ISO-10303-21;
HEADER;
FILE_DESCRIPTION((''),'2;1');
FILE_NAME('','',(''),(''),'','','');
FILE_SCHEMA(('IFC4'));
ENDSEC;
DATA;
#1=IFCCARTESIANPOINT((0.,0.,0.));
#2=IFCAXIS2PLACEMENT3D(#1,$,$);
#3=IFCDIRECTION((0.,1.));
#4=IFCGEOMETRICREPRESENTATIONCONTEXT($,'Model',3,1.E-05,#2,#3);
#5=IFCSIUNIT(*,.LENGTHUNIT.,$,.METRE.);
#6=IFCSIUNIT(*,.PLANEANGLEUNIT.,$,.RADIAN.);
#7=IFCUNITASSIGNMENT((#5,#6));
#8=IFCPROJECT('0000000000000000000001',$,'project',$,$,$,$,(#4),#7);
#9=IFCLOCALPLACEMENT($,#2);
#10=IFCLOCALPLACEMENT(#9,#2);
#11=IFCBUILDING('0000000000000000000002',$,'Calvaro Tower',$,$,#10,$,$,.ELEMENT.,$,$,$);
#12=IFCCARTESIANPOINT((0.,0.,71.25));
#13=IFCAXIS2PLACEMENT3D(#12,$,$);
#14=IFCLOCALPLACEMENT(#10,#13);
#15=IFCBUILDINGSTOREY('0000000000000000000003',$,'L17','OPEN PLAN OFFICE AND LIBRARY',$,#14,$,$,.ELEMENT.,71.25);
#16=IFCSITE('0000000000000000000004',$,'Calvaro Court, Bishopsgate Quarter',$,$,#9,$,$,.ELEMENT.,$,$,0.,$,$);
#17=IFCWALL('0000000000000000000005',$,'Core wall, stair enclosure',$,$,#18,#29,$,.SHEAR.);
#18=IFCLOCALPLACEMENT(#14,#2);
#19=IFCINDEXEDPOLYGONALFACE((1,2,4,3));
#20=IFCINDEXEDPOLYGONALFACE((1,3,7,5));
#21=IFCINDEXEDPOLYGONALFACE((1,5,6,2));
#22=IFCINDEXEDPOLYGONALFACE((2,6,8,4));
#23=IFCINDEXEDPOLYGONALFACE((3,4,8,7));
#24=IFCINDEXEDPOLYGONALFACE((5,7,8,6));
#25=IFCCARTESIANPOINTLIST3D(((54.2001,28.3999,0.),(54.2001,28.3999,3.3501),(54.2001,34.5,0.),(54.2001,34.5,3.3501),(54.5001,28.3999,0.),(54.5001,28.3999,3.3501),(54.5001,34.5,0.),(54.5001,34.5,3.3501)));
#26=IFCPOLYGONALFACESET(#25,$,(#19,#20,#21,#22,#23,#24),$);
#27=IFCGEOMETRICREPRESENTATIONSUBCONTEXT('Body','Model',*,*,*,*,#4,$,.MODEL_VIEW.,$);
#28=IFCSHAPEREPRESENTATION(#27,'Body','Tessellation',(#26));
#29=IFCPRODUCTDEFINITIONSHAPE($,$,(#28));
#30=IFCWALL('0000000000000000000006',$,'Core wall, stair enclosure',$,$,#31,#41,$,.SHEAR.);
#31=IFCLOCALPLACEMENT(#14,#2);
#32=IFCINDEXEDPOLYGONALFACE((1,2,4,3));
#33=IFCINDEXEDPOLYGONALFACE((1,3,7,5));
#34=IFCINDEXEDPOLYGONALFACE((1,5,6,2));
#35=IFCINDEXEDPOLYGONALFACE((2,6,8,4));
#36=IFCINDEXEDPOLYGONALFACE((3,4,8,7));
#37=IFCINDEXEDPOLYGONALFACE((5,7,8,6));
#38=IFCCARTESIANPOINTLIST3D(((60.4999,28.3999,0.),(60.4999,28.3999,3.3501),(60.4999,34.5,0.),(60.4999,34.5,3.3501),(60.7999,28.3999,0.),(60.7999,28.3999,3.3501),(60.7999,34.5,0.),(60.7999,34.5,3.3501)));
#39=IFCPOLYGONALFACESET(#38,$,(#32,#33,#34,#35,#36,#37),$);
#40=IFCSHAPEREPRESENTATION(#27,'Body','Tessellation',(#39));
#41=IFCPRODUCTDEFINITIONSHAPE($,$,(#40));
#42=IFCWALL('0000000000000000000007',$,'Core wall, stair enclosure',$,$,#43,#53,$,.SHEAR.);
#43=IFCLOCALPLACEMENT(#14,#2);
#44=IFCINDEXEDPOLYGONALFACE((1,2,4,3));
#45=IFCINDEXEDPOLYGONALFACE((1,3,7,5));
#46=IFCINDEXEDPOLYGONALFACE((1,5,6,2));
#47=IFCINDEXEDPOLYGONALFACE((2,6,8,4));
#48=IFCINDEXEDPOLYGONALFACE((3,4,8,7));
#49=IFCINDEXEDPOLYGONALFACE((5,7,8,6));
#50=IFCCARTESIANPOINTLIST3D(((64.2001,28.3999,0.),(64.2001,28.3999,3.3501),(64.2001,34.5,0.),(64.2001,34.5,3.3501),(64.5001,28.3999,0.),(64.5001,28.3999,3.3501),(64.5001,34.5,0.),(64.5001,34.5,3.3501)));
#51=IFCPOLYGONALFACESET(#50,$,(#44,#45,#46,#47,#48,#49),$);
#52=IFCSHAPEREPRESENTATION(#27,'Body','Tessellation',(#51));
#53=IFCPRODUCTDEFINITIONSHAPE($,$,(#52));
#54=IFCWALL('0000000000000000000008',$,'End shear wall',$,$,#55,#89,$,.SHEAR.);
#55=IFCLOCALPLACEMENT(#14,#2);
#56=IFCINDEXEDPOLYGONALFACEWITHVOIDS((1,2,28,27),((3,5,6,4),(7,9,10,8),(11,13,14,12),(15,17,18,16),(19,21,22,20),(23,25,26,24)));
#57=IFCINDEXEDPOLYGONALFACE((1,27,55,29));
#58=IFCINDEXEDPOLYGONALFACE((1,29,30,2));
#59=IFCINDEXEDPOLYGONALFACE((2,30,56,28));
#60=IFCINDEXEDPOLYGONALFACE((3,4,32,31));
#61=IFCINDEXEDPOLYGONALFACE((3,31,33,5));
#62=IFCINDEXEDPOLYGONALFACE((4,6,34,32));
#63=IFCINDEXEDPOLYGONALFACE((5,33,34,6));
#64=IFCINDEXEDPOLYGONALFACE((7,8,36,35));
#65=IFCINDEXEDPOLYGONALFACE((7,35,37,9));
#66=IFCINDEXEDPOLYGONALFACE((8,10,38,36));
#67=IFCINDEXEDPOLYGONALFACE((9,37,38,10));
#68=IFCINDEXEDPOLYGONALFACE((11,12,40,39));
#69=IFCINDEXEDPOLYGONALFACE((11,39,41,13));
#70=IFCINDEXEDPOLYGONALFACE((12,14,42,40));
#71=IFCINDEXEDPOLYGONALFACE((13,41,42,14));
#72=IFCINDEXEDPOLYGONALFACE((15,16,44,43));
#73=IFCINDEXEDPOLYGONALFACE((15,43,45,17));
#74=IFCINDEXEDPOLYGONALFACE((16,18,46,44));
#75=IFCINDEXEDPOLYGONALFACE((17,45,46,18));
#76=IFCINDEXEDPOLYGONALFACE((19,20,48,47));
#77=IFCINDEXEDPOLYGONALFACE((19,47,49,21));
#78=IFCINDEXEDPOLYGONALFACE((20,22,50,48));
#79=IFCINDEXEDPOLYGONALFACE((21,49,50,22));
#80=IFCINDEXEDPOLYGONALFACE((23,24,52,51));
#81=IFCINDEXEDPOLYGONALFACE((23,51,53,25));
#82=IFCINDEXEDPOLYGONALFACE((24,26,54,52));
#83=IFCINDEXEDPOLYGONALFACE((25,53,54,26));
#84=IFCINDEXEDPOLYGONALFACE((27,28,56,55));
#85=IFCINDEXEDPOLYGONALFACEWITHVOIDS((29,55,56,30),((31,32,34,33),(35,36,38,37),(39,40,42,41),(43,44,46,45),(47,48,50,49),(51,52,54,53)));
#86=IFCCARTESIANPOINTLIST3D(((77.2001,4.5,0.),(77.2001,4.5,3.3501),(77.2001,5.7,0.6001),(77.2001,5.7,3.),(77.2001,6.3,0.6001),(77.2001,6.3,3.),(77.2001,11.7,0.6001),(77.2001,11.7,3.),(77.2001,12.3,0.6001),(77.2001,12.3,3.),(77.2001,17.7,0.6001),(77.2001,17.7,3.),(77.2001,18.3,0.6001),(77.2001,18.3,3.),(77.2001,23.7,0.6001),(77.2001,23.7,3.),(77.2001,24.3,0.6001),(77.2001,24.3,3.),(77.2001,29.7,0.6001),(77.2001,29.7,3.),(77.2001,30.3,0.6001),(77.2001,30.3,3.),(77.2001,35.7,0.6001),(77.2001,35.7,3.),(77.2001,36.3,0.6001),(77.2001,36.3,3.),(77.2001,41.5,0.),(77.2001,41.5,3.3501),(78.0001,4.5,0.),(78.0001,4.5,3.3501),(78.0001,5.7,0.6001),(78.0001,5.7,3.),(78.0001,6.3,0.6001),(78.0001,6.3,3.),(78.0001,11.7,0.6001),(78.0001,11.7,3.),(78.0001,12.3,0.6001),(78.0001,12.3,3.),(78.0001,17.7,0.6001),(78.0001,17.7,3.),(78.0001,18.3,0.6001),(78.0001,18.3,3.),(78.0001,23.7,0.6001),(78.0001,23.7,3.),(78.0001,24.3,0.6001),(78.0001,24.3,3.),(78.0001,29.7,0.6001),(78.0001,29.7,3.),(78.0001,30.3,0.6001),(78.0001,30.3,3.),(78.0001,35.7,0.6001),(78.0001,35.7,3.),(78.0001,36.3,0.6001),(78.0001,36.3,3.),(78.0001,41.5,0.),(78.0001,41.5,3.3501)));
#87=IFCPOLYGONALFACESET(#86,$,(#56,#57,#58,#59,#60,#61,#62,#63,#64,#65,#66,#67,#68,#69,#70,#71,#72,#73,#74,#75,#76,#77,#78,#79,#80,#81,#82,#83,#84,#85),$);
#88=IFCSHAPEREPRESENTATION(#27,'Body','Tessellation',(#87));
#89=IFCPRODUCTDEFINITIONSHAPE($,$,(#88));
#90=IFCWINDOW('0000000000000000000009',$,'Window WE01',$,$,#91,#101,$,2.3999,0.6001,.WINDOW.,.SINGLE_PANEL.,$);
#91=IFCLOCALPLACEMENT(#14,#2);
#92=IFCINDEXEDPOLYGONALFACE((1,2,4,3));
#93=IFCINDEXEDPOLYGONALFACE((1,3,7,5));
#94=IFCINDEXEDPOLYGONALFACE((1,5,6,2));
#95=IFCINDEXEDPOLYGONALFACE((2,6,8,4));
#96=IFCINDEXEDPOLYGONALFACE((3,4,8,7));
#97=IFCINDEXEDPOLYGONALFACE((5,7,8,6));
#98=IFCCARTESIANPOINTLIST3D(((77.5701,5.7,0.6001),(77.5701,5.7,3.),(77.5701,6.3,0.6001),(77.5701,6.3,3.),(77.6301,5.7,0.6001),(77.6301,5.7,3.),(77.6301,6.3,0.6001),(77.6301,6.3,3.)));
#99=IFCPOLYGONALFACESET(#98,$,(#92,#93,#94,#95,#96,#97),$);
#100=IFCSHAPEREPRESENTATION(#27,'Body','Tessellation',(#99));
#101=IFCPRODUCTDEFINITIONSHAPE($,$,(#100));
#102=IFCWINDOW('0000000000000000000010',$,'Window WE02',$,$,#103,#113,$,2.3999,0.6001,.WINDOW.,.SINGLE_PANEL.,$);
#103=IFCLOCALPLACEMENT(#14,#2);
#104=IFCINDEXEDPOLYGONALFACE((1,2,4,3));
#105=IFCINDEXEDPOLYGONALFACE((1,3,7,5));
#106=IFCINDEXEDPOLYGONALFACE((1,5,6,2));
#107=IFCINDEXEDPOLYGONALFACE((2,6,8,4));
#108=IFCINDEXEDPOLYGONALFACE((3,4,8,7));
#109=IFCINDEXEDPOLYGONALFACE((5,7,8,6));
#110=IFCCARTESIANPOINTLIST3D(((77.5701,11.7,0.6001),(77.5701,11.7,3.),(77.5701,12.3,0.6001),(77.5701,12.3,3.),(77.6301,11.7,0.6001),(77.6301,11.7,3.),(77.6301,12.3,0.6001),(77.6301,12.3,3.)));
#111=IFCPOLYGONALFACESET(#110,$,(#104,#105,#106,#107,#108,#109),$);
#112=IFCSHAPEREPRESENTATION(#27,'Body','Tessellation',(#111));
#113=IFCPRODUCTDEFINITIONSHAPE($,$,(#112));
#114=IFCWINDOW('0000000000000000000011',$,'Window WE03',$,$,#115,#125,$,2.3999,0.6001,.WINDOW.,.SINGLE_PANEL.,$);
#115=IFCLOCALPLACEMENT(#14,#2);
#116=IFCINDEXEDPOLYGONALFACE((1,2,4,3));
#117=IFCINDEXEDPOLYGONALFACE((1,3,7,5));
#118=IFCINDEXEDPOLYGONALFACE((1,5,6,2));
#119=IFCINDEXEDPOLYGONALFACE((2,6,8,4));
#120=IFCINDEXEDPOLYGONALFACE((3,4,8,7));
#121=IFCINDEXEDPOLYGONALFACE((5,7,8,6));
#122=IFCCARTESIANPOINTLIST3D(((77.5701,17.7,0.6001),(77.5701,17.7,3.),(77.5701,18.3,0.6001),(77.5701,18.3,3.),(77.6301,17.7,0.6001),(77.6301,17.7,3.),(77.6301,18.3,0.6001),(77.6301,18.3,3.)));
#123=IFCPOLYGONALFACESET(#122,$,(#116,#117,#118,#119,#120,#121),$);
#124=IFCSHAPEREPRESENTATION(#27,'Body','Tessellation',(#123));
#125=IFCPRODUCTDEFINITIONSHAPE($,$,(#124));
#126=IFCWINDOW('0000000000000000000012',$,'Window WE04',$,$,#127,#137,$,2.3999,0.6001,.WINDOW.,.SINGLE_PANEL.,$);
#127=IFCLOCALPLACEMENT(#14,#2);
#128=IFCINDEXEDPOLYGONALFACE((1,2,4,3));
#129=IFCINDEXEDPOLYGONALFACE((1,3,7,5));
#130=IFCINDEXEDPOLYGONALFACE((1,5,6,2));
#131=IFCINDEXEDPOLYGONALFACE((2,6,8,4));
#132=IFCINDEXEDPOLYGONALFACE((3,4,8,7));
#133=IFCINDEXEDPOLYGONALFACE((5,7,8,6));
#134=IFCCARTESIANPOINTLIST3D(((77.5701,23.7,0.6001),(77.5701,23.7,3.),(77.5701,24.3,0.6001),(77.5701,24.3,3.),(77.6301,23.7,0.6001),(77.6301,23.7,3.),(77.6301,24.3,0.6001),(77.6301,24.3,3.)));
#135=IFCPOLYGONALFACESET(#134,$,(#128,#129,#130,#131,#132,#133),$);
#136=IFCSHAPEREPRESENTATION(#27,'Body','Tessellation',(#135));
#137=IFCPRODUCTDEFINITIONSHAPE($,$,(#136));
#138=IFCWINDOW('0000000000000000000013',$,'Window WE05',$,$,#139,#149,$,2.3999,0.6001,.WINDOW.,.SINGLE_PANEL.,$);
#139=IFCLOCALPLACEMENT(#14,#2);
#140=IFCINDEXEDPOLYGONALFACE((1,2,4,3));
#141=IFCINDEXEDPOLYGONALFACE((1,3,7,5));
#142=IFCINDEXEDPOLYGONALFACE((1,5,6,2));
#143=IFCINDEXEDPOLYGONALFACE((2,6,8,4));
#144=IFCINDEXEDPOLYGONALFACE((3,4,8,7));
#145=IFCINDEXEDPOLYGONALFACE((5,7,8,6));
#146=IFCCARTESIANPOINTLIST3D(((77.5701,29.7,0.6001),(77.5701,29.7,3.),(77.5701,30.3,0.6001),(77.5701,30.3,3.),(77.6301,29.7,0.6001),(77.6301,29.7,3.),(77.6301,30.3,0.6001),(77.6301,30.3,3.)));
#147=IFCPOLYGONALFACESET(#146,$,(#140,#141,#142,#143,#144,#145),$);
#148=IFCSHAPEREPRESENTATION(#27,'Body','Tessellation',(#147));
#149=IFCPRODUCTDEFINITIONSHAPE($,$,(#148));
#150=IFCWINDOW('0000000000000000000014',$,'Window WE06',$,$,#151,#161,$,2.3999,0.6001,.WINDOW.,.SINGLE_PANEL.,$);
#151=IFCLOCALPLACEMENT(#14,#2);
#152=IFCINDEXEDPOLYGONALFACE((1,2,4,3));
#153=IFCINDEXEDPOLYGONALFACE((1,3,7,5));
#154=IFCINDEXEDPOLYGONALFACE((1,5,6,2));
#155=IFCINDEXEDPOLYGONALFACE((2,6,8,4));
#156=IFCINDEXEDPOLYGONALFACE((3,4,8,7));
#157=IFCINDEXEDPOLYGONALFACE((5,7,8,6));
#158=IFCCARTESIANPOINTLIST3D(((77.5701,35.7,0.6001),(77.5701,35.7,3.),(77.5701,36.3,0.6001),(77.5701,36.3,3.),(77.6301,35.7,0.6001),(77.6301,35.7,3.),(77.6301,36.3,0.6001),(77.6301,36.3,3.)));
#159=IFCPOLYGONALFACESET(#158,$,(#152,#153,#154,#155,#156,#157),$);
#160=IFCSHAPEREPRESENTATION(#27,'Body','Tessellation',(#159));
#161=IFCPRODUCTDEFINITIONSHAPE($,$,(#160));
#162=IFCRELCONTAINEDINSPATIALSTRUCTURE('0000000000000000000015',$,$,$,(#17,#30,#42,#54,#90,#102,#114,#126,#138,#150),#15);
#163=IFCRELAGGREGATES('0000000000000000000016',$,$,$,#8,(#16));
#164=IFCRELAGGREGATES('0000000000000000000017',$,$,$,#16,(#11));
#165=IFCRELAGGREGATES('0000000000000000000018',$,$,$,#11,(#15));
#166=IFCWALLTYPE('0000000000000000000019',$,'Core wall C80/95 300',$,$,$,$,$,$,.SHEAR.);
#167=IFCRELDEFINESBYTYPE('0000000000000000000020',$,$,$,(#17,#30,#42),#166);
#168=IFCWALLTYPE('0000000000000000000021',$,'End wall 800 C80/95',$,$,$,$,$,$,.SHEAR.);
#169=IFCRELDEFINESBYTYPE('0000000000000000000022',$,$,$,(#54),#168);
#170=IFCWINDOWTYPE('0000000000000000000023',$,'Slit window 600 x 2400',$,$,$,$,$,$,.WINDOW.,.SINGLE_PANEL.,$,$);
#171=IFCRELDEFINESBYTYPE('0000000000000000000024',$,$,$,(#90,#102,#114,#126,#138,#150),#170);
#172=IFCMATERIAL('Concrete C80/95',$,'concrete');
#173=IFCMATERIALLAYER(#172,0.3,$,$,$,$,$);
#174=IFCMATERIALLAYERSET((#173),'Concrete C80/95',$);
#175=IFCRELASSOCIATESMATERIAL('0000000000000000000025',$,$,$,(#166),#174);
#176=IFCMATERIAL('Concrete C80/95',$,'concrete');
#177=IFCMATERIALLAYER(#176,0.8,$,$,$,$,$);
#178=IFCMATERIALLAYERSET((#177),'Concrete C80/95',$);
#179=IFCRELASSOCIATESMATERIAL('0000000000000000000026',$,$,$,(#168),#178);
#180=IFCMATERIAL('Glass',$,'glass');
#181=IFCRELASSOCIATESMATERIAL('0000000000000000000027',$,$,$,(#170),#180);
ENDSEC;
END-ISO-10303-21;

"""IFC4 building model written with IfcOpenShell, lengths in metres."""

from ifc_helpers import new_model, si_unit, direction, frame, frame_2d, origin, place, context, subcontext, project, spatial, rectangle, extrude, material, layer, layer_set, type_object, element, fill, save


model = new_model("IFC4")

# Units and contexts
model_context = context("Model", 3, precision=1e-05, world=origin(), true_north=direction((0.0, 1.0)))
body_context = subcontext(model_context, "Body", "Model", "MODEL_VIEW")
ifc_project = project(units=[si_unit("LENGTHUNIT", "METRE"), si_unit("PLANEANGLEUNIT", "RADIAN")], contexts=[model_context])

# Site, building, storey
site_placement = place(None, origin())
site = spatial("IfcSite", under=ifc_project, at=site_placement, Name="Calvaro Court, Bishopsgate Quarter", CompositionType="ELEMENT", RefElevation=0.0)
building_placement = place(site_placement, origin())
building = spatial("IfcBuilding", under=site, at=building_placement, Name="Calvaro Tower", CompositionType="ELEMENT")
storey_placement = place(building_placement, frame((0.0, 0.0, 71.25)))
storey = spatial("IfcBuildingStorey", under=building, at=storey_placement, Name="L17", Description="OPEN PLAN OFFICE AND LIBRARY", CompositionType="ELEMENT", Elevation=71.25)

# Walls
ifc_material_1 = material(Name="Concrete C80/95", Category="concrete")
ifc_layer_1 = layer(ifc_material_1, 0.3)
ifc_layer_set_1 = layer_set([ifc_layer_1], Name="Concrete C80/95")
wall_type_1 = type_object("IfcWallType", Name="Core wall C80/95 300", PredefinedType="SHEAR", material=ifc_layer_set_1)
for number, where, z_axis, x_axis, name in (
    (1, (54.3501, 28.3999, 0.0), (0.0, 0.0, 1.0), (0.0, 1.0, 0.0), "Core wall, stair enclosure"),
    (2, (60.6499, 28.3999, 0.0), (0.0, 0.0, 1.0), (0.0, 1.0, 0.0), "Core wall, stair enclosure"),
    (3, (64.3501, 28.3999, 0.0), (0.0, 0.0, 1.0), (0.0, 1.0, 0.0), "Core wall, stair enclosure"),
):
    element("IfcWall", number, at=place(storey_placement, frame(where, z_axis=z_axis, x_axis=x_axis)), inside=storey, type_object=wall_type_1, Name=name, PredefinedType="SHEAR", context=body_context, shape_type="SweptSolid", body=[
        extrude(rectangle(XDim=6.1001, YDim=0.3, at=frame_2d((3.05, 0.0))), origin(), (0.0, 0.0, 1.0), 3.3501),
    ])

# Wall, openings, windows
ifc_material_2 = material(Name="Concrete C80/95", Category="concrete")
ifc_layer_2 = layer(ifc_material_2, 0.8)
ifc_layer_set_2 = layer_set([ifc_layer_2], Name="Concrete C80/95")
wall_type_2 = type_object("IfcWallType", Name="End wall 800 C80/95", PredefinedType="SHEAR", material=ifc_layer_set_2)
wall_1_placement = place(storey_placement, frame((77.6001, 4.5, 0.0), z_axis=(0.0, 0.0, 1.0), x_axis=(0.0, 1.0, 0.0)))
wall_1 = element("IfcWall", 4, at=wall_1_placement, inside=storey, type_object=wall_type_2, Name="End shear wall", PredefinedType="SHEAR", context=body_context, shape_type="SweptSolid", body=[
    extrude(rectangle(XDim=37.0, YDim=0.8, at=frame_2d((18.5, 0.0))), origin(), (0.0, 0.0, 1.0), 3.3501),
])
opening_1_placement = place(wall_1_placement, frame((1.2, 0.0, 0.6001)))
opening_1 = element("IfcOpeningElement", 5, at=opening_1_placement, cuts=wall_1, PredefinedType="OPENING", context=body_context, shape_type="SweptSolid", body=[
    extrude(rectangle(XDim=0.6001, YDim=2.3999, at=frame_2d((0.3, 1.2))), frame((0.0, 0.4099, 0.0), z_axis=(0.0, -1.0, 0.0), x_axis=(1.0, 0.0, 0.0)), (0.0, 0.0, 1.0), 0.8201),
])
opening_2_placement = place(wall_1_placement, frame((7.2, 0.0, 0.6001)))
opening_2 = element("IfcOpeningElement", 6, at=opening_2_placement, cuts=wall_1, PredefinedType="OPENING", context=body_context, shape_type="SweptSolid", body=[
    extrude(rectangle(XDim=0.6001, YDim=2.3999, at=frame_2d((0.3, 1.2))), frame((0.0, 0.4099, 0.0), z_axis=(0.0, -1.0, 0.0), x_axis=(1.0, 0.0, 0.0)), (0.0, 0.0, 1.0), 0.8201),
])
opening_3_placement = place(wall_1_placement, frame((13.2, 0.0, 0.6001)))
opening_3 = element("IfcOpeningElement", 7, at=opening_3_placement, cuts=wall_1, PredefinedType="OPENING", context=body_context, shape_type="SweptSolid", body=[
    extrude(rectangle(XDim=0.6001, YDim=2.3999, at=frame_2d((0.3, 1.2))), frame((0.0, 0.4099, 0.0), z_axis=(0.0, -1.0, 0.0), x_axis=(1.0, 0.0, 0.0)), (0.0, 0.0, 1.0), 0.8201),
])
opening_4_placement = place(wall_1_placement, frame((19.2, 0.0, 0.6001)))
opening_4 = element("IfcOpeningElement", 8, at=opening_4_placement, cuts=wall_1, PredefinedType="OPENING", context=body_context, shape_type="SweptSolid", body=[
    extrude(rectangle(XDim=0.6001, YDim=2.3999, at=frame_2d((0.3, 1.2))), frame((0.0, 0.4099, 0.0), z_axis=(0.0, -1.0, 0.0), x_axis=(1.0, 0.0, 0.0)), (0.0, 0.0, 1.0), 0.8201),
])
opening_5_placement = place(wall_1_placement, frame((25.2, 0.0, 0.6001)))
opening_5 = element("IfcOpeningElement", 9, at=opening_5_placement, cuts=wall_1, PredefinedType="OPENING", context=body_context, shape_type="SweptSolid", body=[
    extrude(rectangle(XDim=0.6001, YDim=2.3999, at=frame_2d((0.3, 1.2))), frame((0.0, 0.4099, 0.0), z_axis=(0.0, -1.0, 0.0), x_axis=(1.0, 0.0, 0.0)), (0.0, 0.0, 1.0), 0.8201),
])
opening_6_placement = place(wall_1_placement, frame((31.2, 0.0, 0.6001)))
opening_6 = element("IfcOpeningElement", 10, at=opening_6_placement, cuts=wall_1, PredefinedType="OPENING", context=body_context, shape_type="SweptSolid", body=[
    extrude(rectangle(XDim=0.6001, YDim=2.3999, at=frame_2d((0.3, 1.2))), frame((0.0, 0.4099, 0.0), z_axis=(0.0, -1.0, 0.0), x_axis=(1.0, 0.0, 0.0)), (0.0, 0.0, 1.0), 0.8201),
])
ifc_material_3 = material(Name="Glass", Category="glass")
window_type = type_object("IfcWindowType", Name="Slit window 600 x 2400", PartitioningType="SINGLE_PANEL", PredefinedType="WINDOW", material=ifc_material_3)
window_1_placement = place(opening_1_placement, origin())
window_1 = element("IfcWindow", 11, at=window_1_placement, inside=storey, type_object=window_type, Name="Window WE01", OverallHeight=2.3999, OverallWidth=0.6001, PartitioningType="SINGLE_PANEL", PredefinedType="WINDOW", context=body_context, shape_type="SweptSolid", body=[
    extrude(rectangle(XDim=0.6001, YDim=2.3999, at=frame_2d((0.3, 1.2))), frame((0.0, 0.03, 0.0), z_axis=(0.0, -1.0, 0.0), x_axis=(1.0, 0.0, 0.0)), (0.0, 0.0, 1.0), 0.0601),
])
fill(opening_1, window_1)
window_2_placement = place(opening_2_placement, origin())
window_2 = element("IfcWindow", 12, at=window_2_placement, inside=storey, type_object=window_type, Name="Window WE02", OverallHeight=2.3999, OverallWidth=0.6001, PartitioningType="SINGLE_PANEL", PredefinedType="WINDOW", context=body_context, shape_type="SweptSolid", body=[
    extrude(rectangle(XDim=0.6001, YDim=2.3999, at=frame_2d((0.3, 1.2))), frame((0.0, 0.03, 0.0), z_axis=(0.0, -1.0, 0.0), x_axis=(1.0, 0.0, 0.0)), (0.0, 0.0, 1.0), 0.0601),
])
fill(opening_2, window_2)
window_3_placement = place(opening_3_placement, origin())
window_3 = element("IfcWindow", 13, at=window_3_placement, inside=storey, type_object=window_type, Name="Window WE03", OverallHeight=2.3999, OverallWidth=0.6001, PartitioningType="SINGLE_PANEL", PredefinedType="WINDOW", context=body_context, shape_type="SweptSolid", body=[
    extrude(rectangle(XDim=0.6001, YDim=2.3999, at=frame_2d((0.3, 1.2))), frame((0.0, 0.03, 0.0), z_axis=(0.0, -1.0, 0.0), x_axis=(1.0, 0.0, 0.0)), (0.0, 0.0, 1.0), 0.0601),
])
fill(opening_3, window_3)
window_4_placement = place(opening_4_placement, origin())
window_4 = element("IfcWindow", 14, at=window_4_placement, inside=storey, type_object=window_type, Name="Window WE04", OverallHeight=2.3999, OverallWidth=0.6001, PartitioningType="SINGLE_PANEL", PredefinedType="WINDOW", context=body_context, shape_type="SweptSolid", body=[
    extrude(rectangle(XDim=0.6001, YDim=2.3999, at=frame_2d((0.3, 1.2))), frame((0.0, 0.03, 0.0), z_axis=(0.0, -1.0, 0.0), x_axis=(1.0, 0.0, 0.0)), (0.0, 0.0, 1.0), 0.0601),
])
fill(opening_4, window_4)
window_5_placement = place(opening_5_placement, origin())
window_5 = element("IfcWindow", 15, at=window_5_placement, inside=storey, type_object=window_type, Name="Window WE05", OverallHeight=2.3999, OverallWidth=0.6001, PartitioningType="SINGLE_PANEL", PredefinedType="WINDOW", context=body_context, shape_type="SweptSolid", body=[
    extrude(rectangle(XDim=0.6001, YDim=2.3999, at=frame_2d((0.3, 1.2))), frame((0.0, 0.03, 0.0), z_axis=(0.0, -1.0, 0.0), x_axis=(1.0, 0.0, 0.0)), (0.0, 0.0, 1.0), 0.0601),
])
fill(opening_5, window_5)
window_6_placement = place(opening_6_placement, origin())
window_6 = element("IfcWindow", 16, at=window_6_placement, inside=storey, type_object=window_type, Name="Window WE06", OverallHeight=2.3999, OverallWidth=0.6001, PartitioningType="SINGLE_PANEL", PredefinedType="WINDOW", context=body_context, shape_type="SweptSolid", body=[
    extrude(rectangle(XDim=0.6001, YDim=2.3999, at=frame_2d((0.3, 1.2))), frame((0.0, 0.03, 0.0), z_axis=(0.0, -1.0, 0.0), x_axis=(1.0, 0.0, 0.0)), (0.0, 0.0, 1.0), 0.0601),
])
fill(opening_6, window_6)

save(model, "model.ifc")
